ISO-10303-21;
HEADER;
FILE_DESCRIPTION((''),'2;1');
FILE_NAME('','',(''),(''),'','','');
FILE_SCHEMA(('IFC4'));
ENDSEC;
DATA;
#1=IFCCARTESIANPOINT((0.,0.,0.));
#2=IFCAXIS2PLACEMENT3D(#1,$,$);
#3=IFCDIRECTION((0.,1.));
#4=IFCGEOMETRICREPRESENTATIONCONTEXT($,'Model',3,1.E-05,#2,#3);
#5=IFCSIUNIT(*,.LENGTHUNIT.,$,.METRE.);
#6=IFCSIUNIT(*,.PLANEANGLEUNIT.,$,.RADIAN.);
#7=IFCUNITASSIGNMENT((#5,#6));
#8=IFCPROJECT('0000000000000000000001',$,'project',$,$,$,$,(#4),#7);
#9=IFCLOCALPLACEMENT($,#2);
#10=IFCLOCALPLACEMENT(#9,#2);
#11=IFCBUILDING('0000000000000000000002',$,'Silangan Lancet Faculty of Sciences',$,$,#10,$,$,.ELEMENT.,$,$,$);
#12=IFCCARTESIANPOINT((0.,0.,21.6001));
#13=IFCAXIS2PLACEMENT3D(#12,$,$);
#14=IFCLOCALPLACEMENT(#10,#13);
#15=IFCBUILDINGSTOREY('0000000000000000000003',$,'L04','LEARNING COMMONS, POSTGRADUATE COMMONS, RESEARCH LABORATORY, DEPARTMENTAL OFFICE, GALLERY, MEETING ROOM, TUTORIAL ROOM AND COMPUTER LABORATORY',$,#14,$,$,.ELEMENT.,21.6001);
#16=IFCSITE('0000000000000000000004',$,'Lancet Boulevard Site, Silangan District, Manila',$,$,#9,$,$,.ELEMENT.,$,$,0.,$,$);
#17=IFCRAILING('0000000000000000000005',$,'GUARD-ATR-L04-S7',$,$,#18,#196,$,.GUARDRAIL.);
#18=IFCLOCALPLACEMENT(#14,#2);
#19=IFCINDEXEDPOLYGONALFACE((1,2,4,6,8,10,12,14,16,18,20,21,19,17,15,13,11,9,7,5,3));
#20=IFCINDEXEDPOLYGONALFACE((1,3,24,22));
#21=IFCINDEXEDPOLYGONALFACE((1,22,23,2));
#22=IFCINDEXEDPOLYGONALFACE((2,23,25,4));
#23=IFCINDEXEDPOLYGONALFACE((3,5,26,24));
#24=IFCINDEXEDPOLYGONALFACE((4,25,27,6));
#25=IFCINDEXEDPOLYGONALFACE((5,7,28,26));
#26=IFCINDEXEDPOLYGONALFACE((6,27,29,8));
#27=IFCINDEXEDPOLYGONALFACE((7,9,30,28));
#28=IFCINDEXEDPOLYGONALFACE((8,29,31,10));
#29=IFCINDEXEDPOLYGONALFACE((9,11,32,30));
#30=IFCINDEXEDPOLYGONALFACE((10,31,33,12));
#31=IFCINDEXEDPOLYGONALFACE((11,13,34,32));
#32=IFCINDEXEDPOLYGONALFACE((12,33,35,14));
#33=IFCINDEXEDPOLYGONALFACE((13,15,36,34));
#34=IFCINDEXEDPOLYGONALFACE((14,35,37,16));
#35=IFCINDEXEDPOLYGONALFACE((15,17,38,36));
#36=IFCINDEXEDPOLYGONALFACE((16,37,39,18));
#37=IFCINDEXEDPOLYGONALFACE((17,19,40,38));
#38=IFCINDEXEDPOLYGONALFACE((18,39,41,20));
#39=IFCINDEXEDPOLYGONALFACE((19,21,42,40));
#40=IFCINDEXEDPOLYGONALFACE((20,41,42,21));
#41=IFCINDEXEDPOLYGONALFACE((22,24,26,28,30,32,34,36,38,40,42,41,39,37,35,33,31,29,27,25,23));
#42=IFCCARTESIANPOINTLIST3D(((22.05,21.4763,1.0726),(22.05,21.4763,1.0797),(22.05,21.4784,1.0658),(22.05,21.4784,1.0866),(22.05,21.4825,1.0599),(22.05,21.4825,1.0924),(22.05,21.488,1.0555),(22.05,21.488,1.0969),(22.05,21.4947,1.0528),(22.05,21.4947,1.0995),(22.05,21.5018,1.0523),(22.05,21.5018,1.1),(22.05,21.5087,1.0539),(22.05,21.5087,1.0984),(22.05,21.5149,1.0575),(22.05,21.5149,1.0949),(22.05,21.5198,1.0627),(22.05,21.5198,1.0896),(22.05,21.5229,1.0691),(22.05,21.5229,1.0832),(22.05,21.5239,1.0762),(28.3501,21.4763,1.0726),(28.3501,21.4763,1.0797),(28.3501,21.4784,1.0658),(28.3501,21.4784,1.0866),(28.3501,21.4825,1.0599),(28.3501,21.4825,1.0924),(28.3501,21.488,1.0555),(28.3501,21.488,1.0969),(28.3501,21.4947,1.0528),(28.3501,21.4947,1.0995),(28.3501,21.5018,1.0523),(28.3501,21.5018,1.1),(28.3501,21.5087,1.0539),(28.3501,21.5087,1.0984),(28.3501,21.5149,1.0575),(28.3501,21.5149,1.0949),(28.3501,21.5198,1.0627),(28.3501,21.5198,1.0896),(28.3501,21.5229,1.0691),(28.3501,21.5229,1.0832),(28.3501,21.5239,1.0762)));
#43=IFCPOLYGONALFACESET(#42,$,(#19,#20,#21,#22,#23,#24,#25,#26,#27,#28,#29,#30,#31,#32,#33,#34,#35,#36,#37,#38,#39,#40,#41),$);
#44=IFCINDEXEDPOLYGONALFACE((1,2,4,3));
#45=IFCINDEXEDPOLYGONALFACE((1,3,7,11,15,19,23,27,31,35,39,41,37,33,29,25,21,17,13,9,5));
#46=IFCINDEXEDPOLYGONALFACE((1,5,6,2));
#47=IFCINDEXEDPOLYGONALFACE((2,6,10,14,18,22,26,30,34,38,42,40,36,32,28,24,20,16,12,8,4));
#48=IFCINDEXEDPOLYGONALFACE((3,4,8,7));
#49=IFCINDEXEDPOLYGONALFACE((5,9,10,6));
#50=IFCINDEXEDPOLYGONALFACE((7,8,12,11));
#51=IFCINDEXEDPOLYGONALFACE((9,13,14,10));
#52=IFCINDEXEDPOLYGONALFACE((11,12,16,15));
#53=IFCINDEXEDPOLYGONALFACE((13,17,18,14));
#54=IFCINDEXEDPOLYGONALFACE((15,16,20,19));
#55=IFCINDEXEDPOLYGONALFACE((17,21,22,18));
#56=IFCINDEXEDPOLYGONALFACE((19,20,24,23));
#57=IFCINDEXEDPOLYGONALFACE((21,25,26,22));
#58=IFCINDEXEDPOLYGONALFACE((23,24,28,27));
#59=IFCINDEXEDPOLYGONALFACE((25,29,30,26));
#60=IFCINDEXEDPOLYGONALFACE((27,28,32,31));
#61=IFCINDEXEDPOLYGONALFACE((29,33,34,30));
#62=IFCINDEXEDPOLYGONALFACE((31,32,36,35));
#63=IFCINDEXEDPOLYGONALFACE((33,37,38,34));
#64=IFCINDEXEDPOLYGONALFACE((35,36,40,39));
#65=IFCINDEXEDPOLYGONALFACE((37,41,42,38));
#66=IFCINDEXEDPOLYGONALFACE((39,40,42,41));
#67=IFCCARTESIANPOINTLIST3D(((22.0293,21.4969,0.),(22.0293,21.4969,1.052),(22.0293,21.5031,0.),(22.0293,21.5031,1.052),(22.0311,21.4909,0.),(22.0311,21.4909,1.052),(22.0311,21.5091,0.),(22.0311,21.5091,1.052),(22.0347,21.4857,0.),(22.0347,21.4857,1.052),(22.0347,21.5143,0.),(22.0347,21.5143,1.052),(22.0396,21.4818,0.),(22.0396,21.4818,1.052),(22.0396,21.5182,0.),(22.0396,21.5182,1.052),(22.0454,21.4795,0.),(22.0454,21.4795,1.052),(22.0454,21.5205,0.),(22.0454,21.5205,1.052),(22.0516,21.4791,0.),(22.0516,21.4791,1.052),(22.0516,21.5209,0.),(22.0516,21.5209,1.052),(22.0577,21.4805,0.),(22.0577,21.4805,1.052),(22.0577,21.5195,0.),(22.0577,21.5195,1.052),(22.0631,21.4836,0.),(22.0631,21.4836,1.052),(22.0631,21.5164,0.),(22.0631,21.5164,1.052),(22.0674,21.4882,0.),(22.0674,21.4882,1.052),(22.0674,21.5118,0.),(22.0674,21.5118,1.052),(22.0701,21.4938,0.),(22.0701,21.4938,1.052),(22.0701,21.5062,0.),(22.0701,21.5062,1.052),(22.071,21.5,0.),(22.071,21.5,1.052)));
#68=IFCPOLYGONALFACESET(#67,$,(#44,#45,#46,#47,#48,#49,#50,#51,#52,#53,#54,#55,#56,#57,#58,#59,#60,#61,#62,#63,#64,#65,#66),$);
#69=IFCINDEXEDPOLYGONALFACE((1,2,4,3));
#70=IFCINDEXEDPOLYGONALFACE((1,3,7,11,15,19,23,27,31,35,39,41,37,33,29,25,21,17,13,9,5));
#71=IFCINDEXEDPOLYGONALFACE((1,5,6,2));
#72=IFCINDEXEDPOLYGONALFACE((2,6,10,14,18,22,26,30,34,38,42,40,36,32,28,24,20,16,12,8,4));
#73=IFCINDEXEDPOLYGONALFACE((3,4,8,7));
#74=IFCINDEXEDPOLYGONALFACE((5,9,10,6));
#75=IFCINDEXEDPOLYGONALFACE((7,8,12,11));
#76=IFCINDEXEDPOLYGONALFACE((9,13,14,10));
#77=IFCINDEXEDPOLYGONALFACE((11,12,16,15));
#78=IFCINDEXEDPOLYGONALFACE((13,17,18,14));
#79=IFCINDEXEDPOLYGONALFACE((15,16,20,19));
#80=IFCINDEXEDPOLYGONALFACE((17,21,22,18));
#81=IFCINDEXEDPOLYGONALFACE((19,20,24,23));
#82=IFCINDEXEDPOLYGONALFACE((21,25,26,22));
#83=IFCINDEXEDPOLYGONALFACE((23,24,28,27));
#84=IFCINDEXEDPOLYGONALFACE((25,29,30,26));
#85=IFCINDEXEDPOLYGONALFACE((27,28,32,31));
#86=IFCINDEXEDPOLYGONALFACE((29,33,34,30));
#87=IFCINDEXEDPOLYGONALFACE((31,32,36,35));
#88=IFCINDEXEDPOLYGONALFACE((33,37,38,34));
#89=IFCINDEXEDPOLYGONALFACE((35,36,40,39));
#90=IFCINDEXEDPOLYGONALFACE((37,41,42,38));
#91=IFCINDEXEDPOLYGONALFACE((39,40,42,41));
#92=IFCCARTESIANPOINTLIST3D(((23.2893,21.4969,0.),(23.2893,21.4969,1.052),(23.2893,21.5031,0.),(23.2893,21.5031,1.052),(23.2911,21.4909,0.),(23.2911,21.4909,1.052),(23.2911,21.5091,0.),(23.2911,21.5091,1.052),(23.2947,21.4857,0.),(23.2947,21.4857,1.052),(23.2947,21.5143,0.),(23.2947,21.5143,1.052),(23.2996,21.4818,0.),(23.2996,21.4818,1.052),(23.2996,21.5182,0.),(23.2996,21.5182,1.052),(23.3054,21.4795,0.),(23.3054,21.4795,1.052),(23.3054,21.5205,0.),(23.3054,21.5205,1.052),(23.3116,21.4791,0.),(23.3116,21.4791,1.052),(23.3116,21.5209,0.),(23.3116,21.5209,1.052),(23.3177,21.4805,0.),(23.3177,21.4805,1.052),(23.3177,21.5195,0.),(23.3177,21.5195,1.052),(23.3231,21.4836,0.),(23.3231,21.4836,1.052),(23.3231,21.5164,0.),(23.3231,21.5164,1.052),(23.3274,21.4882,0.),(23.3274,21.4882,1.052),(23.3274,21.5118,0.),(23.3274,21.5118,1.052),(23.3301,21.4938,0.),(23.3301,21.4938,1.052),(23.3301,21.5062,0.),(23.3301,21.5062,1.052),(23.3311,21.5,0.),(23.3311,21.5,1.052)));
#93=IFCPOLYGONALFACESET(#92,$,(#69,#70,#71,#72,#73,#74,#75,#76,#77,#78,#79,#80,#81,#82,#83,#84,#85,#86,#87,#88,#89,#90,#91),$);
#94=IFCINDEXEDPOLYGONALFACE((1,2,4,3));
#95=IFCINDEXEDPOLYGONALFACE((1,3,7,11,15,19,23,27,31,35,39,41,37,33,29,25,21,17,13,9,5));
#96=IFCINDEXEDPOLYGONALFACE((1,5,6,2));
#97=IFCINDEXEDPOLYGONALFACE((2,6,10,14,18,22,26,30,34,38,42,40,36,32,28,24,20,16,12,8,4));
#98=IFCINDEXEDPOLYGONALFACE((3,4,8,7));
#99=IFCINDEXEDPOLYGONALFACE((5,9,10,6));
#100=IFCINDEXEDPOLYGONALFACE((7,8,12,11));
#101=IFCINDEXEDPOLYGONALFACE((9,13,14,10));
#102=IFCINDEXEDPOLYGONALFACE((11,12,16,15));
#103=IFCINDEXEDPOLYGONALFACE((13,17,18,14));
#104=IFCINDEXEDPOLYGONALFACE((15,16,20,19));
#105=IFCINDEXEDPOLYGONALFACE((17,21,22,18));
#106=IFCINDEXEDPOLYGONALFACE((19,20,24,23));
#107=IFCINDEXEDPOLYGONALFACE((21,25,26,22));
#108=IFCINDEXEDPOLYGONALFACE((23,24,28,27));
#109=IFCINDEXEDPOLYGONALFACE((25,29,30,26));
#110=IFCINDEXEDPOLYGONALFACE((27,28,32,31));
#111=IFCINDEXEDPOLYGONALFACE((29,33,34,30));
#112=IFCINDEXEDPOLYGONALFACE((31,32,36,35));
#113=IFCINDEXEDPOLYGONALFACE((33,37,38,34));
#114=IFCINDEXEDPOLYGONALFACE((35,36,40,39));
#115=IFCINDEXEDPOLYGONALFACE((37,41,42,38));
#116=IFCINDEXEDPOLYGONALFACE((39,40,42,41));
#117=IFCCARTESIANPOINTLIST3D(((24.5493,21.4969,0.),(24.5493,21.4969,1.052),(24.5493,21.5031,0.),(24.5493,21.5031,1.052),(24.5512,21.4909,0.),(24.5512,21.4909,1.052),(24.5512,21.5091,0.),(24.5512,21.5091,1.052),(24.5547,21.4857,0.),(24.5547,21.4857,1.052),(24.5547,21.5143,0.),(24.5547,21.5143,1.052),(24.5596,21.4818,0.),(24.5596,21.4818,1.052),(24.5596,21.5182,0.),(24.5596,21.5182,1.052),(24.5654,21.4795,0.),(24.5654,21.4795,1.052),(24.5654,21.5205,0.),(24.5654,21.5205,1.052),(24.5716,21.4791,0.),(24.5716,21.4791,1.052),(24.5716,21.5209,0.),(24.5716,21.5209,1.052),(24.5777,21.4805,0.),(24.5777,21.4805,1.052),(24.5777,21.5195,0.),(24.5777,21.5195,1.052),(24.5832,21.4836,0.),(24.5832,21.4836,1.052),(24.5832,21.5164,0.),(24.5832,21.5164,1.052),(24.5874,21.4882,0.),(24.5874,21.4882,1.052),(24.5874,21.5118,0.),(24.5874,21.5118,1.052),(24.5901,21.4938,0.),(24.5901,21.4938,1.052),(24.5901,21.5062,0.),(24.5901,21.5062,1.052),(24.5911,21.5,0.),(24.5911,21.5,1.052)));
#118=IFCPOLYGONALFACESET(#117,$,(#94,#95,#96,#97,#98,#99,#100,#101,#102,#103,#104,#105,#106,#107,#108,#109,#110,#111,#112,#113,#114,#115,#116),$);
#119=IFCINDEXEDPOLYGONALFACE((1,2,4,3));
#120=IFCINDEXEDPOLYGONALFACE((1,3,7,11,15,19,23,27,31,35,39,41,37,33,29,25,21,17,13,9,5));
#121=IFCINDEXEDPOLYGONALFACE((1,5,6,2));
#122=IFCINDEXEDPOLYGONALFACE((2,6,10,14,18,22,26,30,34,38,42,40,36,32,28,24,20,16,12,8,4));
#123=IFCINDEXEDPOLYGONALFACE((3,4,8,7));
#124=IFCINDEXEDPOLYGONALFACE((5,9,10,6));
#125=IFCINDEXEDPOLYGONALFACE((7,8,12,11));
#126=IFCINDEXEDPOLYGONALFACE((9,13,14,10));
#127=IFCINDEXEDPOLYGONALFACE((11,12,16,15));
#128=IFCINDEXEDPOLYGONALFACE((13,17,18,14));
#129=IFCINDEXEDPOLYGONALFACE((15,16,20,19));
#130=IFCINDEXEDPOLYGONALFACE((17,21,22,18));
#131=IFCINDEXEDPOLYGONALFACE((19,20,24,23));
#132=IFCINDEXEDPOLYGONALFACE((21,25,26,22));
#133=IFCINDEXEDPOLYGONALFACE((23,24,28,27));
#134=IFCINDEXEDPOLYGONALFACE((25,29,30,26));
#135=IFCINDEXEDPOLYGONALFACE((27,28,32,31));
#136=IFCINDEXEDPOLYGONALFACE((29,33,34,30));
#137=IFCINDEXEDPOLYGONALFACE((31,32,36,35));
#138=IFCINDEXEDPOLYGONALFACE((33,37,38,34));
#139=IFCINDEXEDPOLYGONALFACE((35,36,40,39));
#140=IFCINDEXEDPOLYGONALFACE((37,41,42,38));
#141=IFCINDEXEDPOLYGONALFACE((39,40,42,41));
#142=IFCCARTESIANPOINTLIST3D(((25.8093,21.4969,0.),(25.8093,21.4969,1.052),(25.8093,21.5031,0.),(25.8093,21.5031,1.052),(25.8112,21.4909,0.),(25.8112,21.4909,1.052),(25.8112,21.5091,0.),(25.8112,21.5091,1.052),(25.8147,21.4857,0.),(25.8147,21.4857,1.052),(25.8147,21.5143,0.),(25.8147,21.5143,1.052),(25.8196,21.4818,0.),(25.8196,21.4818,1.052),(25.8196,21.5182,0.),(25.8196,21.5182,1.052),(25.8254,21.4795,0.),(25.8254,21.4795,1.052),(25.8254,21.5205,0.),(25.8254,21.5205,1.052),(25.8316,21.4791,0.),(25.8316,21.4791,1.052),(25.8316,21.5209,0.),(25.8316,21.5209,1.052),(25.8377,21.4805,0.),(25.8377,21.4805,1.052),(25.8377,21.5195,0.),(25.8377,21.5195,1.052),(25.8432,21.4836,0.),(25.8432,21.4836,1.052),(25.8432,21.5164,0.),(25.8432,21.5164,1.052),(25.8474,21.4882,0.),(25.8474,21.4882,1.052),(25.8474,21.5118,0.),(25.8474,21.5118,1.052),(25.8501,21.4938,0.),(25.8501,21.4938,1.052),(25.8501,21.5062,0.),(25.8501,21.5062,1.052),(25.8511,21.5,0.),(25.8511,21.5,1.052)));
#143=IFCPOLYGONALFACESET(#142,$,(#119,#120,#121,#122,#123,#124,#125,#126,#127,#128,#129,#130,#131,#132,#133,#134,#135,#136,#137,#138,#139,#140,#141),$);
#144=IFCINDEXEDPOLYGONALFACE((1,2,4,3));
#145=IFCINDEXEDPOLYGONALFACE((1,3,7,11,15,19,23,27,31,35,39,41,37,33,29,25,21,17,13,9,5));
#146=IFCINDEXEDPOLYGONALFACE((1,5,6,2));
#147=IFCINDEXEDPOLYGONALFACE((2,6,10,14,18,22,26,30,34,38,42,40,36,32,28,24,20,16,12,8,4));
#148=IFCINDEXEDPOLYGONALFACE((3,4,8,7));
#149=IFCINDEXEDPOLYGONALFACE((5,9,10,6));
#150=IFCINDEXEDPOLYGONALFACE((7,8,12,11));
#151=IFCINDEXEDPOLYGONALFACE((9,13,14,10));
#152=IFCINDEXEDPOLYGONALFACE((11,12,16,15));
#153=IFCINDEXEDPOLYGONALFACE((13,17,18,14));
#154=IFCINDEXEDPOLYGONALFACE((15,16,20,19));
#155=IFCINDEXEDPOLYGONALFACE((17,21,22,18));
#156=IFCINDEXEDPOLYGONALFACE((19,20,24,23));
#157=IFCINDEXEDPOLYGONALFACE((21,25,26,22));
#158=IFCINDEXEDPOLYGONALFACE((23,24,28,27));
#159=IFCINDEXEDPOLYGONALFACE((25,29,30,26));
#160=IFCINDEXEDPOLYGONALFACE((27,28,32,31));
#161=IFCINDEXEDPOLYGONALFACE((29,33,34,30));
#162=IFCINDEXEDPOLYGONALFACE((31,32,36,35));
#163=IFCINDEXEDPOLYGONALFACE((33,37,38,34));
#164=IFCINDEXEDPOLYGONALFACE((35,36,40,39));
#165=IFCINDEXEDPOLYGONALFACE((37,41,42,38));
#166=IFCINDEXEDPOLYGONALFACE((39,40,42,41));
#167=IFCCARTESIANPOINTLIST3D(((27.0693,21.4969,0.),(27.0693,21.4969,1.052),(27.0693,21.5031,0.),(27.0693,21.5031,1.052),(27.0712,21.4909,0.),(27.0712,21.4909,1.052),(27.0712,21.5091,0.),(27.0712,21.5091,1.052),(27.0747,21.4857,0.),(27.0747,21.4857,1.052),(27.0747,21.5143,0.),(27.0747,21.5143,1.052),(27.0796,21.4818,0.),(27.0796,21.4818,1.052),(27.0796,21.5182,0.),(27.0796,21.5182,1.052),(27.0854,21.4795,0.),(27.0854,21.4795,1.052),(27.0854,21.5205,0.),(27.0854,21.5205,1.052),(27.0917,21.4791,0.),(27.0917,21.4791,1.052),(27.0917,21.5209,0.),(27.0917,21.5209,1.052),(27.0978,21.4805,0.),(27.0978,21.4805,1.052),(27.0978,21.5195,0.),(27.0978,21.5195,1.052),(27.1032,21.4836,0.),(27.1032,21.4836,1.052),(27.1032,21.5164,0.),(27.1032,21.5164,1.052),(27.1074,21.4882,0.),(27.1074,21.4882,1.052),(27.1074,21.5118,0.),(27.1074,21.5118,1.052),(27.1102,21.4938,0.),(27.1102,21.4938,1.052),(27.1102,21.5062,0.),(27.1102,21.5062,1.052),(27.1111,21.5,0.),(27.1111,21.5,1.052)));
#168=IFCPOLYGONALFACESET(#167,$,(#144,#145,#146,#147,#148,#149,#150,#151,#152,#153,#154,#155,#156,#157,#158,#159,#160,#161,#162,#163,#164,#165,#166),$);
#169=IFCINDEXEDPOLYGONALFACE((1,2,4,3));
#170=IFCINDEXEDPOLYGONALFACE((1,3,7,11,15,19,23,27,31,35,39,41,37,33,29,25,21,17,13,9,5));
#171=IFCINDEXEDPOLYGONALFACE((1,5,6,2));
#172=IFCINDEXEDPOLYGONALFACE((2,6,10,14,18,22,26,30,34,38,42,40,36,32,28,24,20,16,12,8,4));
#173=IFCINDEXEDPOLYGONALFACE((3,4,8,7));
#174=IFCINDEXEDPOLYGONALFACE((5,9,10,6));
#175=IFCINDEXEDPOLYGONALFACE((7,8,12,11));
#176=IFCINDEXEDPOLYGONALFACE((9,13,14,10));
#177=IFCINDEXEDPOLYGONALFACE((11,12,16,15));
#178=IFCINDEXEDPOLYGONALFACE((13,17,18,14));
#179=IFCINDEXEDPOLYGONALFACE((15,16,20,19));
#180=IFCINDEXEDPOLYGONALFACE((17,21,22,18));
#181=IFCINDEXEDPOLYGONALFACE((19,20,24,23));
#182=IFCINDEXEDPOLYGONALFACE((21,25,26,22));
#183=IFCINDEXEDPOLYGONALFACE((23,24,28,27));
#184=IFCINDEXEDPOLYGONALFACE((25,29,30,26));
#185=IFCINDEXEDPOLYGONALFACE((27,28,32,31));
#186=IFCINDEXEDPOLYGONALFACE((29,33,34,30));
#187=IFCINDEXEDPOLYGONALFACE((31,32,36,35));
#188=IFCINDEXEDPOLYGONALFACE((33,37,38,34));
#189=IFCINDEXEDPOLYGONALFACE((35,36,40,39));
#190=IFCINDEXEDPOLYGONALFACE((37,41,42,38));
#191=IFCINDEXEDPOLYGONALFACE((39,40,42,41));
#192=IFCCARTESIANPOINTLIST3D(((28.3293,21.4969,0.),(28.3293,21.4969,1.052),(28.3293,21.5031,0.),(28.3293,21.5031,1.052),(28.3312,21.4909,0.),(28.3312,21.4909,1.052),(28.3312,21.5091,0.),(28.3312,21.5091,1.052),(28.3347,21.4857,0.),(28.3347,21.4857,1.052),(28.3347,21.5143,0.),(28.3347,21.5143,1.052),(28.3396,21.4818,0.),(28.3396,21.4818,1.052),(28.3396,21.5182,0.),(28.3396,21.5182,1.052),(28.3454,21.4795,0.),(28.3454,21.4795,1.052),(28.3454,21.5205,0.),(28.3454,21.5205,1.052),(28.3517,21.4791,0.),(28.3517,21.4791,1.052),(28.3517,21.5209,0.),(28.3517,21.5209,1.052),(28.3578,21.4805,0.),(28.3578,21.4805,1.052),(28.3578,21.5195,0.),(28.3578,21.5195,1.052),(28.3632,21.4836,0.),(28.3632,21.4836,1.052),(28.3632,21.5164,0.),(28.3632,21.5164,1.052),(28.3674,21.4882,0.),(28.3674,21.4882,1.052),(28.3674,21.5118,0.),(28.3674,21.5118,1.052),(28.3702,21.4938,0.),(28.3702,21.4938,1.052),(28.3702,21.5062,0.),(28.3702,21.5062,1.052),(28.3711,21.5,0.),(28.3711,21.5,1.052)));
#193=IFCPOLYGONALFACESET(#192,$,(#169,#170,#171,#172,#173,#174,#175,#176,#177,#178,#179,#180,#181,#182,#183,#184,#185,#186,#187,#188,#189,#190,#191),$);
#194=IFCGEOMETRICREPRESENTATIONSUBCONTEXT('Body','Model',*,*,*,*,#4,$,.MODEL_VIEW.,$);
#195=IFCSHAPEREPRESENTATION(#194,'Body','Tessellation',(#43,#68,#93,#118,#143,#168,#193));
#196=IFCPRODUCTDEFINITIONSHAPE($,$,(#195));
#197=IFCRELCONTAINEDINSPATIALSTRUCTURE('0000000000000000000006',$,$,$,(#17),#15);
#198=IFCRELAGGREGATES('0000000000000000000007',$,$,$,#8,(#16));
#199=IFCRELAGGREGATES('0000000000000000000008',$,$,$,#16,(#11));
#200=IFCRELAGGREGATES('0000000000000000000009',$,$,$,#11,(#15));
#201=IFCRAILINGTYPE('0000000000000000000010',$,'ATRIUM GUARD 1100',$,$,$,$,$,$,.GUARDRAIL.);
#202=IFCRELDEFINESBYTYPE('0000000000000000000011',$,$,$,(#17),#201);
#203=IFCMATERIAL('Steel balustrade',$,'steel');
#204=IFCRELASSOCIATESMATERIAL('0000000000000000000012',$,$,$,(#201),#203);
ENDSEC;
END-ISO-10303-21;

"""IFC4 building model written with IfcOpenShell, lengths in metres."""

from ifc_helpers import new_model, si_unit, direction, frame, origin, origin_2d, place, context, subcontext, project, spatial, circle, extrude, material, type_object, element, save


model = new_model("IFC4")

# Units and contexts
model_context = context("Model", 3, precision=1e-05, world=origin(), true_north=direction((0.0, 1.0)))
body_context = subcontext(model_context, "Body", "Model", "MODEL_VIEW")
ifc_project = project(units=[si_unit("LENGTHUNIT", "METRE"), si_unit("PLANEANGLEUNIT", "RADIAN")], contexts=[model_context])

# Site, building, storey
site_placement = place(None, origin())
site = spatial("IfcSite", under=ifc_project, at=site_placement, Name="Lancet Boulevard Site, Silangan District, Manila", CompositionType="ELEMENT", RefElevation=0.0)
building_placement = place(site_placement, origin())
building = spatial("IfcBuilding", under=site, at=building_placement, Name="Silangan Lancet Faculty of Sciences", CompositionType="ELEMENT")
storey_placement = place(building_placement, frame((0.0, 0.0, 21.6001)))
storey = spatial("IfcBuildingStorey", under=building, at=storey_placement, Name="L04", Description="LEARNING COMMONS, POSTGRADUATE COMMONS, RESEARCH LABORATORY, DEPARTMENTAL OFFICE, GALLERY, MEETING ROOM, TUTORIAL ROOM AND COMPUTER LABORATORY", CompositionType="ELEMENT", Elevation=21.6001)

# Railing
ifc_material_1 = material(Name="Steel balustrade", Category="steel")
railing_type = type_object("IfcRailingType", Name="ATRIUM GUARD 1100", PredefinedType="GUARDRAIL", material=ifc_material_1)
railing_placement = place(storey_placement, frame((22.05, 21.5, 0.0)))
element("IfcRailing", 1, at=railing_placement, inside=storey, type_object=railing_type, Name="GUARD-ATR-L04-S7", PredefinedType="GUARDRAIL", context=body_context, shape_type="SweptSolid", body=[
    extrude(circle(Radius=0.0239, at=origin_2d()), frame((0.0, 0.0, 1.0762), z_axis=(1.0, 0.0, 0.0), x_axis=(0.0, 1.0, 0.0)), (0.0, 0.0, 1.0), 6.3),
    extrude(circle(Radius=0.021, at=origin_2d()), origin(), (0.0, 0.0, 1.0), 1.052),
    extrude(circle(Radius=0.021, at=origin_2d()), frame((1.26, 0.0, 0.0)), (0.0, 0.0, 1.0), 1.052),
    extrude(circle(Radius=0.021, at=origin_2d()), frame((2.52, 0.0, 0.0)), (0.0, 0.0, 1.0), 1.052),
    extrude(circle(Radius=0.021, at=origin_2d()), frame((3.78, 0.0, 0.0)), (0.0, 0.0, 1.0), 1.052),
    extrude(circle(Radius=0.021, at=origin_2d()), frame((5.04, 0.0, 0.0)), (0.0, 0.0, 1.0), 1.052),
    extrude(circle(Radius=0.021, at=origin_2d()), frame((6.3, 0.0, 0.0)), (0.0, 0.0, 1.0), 1.052),
])

save(model, "model.ifc")
